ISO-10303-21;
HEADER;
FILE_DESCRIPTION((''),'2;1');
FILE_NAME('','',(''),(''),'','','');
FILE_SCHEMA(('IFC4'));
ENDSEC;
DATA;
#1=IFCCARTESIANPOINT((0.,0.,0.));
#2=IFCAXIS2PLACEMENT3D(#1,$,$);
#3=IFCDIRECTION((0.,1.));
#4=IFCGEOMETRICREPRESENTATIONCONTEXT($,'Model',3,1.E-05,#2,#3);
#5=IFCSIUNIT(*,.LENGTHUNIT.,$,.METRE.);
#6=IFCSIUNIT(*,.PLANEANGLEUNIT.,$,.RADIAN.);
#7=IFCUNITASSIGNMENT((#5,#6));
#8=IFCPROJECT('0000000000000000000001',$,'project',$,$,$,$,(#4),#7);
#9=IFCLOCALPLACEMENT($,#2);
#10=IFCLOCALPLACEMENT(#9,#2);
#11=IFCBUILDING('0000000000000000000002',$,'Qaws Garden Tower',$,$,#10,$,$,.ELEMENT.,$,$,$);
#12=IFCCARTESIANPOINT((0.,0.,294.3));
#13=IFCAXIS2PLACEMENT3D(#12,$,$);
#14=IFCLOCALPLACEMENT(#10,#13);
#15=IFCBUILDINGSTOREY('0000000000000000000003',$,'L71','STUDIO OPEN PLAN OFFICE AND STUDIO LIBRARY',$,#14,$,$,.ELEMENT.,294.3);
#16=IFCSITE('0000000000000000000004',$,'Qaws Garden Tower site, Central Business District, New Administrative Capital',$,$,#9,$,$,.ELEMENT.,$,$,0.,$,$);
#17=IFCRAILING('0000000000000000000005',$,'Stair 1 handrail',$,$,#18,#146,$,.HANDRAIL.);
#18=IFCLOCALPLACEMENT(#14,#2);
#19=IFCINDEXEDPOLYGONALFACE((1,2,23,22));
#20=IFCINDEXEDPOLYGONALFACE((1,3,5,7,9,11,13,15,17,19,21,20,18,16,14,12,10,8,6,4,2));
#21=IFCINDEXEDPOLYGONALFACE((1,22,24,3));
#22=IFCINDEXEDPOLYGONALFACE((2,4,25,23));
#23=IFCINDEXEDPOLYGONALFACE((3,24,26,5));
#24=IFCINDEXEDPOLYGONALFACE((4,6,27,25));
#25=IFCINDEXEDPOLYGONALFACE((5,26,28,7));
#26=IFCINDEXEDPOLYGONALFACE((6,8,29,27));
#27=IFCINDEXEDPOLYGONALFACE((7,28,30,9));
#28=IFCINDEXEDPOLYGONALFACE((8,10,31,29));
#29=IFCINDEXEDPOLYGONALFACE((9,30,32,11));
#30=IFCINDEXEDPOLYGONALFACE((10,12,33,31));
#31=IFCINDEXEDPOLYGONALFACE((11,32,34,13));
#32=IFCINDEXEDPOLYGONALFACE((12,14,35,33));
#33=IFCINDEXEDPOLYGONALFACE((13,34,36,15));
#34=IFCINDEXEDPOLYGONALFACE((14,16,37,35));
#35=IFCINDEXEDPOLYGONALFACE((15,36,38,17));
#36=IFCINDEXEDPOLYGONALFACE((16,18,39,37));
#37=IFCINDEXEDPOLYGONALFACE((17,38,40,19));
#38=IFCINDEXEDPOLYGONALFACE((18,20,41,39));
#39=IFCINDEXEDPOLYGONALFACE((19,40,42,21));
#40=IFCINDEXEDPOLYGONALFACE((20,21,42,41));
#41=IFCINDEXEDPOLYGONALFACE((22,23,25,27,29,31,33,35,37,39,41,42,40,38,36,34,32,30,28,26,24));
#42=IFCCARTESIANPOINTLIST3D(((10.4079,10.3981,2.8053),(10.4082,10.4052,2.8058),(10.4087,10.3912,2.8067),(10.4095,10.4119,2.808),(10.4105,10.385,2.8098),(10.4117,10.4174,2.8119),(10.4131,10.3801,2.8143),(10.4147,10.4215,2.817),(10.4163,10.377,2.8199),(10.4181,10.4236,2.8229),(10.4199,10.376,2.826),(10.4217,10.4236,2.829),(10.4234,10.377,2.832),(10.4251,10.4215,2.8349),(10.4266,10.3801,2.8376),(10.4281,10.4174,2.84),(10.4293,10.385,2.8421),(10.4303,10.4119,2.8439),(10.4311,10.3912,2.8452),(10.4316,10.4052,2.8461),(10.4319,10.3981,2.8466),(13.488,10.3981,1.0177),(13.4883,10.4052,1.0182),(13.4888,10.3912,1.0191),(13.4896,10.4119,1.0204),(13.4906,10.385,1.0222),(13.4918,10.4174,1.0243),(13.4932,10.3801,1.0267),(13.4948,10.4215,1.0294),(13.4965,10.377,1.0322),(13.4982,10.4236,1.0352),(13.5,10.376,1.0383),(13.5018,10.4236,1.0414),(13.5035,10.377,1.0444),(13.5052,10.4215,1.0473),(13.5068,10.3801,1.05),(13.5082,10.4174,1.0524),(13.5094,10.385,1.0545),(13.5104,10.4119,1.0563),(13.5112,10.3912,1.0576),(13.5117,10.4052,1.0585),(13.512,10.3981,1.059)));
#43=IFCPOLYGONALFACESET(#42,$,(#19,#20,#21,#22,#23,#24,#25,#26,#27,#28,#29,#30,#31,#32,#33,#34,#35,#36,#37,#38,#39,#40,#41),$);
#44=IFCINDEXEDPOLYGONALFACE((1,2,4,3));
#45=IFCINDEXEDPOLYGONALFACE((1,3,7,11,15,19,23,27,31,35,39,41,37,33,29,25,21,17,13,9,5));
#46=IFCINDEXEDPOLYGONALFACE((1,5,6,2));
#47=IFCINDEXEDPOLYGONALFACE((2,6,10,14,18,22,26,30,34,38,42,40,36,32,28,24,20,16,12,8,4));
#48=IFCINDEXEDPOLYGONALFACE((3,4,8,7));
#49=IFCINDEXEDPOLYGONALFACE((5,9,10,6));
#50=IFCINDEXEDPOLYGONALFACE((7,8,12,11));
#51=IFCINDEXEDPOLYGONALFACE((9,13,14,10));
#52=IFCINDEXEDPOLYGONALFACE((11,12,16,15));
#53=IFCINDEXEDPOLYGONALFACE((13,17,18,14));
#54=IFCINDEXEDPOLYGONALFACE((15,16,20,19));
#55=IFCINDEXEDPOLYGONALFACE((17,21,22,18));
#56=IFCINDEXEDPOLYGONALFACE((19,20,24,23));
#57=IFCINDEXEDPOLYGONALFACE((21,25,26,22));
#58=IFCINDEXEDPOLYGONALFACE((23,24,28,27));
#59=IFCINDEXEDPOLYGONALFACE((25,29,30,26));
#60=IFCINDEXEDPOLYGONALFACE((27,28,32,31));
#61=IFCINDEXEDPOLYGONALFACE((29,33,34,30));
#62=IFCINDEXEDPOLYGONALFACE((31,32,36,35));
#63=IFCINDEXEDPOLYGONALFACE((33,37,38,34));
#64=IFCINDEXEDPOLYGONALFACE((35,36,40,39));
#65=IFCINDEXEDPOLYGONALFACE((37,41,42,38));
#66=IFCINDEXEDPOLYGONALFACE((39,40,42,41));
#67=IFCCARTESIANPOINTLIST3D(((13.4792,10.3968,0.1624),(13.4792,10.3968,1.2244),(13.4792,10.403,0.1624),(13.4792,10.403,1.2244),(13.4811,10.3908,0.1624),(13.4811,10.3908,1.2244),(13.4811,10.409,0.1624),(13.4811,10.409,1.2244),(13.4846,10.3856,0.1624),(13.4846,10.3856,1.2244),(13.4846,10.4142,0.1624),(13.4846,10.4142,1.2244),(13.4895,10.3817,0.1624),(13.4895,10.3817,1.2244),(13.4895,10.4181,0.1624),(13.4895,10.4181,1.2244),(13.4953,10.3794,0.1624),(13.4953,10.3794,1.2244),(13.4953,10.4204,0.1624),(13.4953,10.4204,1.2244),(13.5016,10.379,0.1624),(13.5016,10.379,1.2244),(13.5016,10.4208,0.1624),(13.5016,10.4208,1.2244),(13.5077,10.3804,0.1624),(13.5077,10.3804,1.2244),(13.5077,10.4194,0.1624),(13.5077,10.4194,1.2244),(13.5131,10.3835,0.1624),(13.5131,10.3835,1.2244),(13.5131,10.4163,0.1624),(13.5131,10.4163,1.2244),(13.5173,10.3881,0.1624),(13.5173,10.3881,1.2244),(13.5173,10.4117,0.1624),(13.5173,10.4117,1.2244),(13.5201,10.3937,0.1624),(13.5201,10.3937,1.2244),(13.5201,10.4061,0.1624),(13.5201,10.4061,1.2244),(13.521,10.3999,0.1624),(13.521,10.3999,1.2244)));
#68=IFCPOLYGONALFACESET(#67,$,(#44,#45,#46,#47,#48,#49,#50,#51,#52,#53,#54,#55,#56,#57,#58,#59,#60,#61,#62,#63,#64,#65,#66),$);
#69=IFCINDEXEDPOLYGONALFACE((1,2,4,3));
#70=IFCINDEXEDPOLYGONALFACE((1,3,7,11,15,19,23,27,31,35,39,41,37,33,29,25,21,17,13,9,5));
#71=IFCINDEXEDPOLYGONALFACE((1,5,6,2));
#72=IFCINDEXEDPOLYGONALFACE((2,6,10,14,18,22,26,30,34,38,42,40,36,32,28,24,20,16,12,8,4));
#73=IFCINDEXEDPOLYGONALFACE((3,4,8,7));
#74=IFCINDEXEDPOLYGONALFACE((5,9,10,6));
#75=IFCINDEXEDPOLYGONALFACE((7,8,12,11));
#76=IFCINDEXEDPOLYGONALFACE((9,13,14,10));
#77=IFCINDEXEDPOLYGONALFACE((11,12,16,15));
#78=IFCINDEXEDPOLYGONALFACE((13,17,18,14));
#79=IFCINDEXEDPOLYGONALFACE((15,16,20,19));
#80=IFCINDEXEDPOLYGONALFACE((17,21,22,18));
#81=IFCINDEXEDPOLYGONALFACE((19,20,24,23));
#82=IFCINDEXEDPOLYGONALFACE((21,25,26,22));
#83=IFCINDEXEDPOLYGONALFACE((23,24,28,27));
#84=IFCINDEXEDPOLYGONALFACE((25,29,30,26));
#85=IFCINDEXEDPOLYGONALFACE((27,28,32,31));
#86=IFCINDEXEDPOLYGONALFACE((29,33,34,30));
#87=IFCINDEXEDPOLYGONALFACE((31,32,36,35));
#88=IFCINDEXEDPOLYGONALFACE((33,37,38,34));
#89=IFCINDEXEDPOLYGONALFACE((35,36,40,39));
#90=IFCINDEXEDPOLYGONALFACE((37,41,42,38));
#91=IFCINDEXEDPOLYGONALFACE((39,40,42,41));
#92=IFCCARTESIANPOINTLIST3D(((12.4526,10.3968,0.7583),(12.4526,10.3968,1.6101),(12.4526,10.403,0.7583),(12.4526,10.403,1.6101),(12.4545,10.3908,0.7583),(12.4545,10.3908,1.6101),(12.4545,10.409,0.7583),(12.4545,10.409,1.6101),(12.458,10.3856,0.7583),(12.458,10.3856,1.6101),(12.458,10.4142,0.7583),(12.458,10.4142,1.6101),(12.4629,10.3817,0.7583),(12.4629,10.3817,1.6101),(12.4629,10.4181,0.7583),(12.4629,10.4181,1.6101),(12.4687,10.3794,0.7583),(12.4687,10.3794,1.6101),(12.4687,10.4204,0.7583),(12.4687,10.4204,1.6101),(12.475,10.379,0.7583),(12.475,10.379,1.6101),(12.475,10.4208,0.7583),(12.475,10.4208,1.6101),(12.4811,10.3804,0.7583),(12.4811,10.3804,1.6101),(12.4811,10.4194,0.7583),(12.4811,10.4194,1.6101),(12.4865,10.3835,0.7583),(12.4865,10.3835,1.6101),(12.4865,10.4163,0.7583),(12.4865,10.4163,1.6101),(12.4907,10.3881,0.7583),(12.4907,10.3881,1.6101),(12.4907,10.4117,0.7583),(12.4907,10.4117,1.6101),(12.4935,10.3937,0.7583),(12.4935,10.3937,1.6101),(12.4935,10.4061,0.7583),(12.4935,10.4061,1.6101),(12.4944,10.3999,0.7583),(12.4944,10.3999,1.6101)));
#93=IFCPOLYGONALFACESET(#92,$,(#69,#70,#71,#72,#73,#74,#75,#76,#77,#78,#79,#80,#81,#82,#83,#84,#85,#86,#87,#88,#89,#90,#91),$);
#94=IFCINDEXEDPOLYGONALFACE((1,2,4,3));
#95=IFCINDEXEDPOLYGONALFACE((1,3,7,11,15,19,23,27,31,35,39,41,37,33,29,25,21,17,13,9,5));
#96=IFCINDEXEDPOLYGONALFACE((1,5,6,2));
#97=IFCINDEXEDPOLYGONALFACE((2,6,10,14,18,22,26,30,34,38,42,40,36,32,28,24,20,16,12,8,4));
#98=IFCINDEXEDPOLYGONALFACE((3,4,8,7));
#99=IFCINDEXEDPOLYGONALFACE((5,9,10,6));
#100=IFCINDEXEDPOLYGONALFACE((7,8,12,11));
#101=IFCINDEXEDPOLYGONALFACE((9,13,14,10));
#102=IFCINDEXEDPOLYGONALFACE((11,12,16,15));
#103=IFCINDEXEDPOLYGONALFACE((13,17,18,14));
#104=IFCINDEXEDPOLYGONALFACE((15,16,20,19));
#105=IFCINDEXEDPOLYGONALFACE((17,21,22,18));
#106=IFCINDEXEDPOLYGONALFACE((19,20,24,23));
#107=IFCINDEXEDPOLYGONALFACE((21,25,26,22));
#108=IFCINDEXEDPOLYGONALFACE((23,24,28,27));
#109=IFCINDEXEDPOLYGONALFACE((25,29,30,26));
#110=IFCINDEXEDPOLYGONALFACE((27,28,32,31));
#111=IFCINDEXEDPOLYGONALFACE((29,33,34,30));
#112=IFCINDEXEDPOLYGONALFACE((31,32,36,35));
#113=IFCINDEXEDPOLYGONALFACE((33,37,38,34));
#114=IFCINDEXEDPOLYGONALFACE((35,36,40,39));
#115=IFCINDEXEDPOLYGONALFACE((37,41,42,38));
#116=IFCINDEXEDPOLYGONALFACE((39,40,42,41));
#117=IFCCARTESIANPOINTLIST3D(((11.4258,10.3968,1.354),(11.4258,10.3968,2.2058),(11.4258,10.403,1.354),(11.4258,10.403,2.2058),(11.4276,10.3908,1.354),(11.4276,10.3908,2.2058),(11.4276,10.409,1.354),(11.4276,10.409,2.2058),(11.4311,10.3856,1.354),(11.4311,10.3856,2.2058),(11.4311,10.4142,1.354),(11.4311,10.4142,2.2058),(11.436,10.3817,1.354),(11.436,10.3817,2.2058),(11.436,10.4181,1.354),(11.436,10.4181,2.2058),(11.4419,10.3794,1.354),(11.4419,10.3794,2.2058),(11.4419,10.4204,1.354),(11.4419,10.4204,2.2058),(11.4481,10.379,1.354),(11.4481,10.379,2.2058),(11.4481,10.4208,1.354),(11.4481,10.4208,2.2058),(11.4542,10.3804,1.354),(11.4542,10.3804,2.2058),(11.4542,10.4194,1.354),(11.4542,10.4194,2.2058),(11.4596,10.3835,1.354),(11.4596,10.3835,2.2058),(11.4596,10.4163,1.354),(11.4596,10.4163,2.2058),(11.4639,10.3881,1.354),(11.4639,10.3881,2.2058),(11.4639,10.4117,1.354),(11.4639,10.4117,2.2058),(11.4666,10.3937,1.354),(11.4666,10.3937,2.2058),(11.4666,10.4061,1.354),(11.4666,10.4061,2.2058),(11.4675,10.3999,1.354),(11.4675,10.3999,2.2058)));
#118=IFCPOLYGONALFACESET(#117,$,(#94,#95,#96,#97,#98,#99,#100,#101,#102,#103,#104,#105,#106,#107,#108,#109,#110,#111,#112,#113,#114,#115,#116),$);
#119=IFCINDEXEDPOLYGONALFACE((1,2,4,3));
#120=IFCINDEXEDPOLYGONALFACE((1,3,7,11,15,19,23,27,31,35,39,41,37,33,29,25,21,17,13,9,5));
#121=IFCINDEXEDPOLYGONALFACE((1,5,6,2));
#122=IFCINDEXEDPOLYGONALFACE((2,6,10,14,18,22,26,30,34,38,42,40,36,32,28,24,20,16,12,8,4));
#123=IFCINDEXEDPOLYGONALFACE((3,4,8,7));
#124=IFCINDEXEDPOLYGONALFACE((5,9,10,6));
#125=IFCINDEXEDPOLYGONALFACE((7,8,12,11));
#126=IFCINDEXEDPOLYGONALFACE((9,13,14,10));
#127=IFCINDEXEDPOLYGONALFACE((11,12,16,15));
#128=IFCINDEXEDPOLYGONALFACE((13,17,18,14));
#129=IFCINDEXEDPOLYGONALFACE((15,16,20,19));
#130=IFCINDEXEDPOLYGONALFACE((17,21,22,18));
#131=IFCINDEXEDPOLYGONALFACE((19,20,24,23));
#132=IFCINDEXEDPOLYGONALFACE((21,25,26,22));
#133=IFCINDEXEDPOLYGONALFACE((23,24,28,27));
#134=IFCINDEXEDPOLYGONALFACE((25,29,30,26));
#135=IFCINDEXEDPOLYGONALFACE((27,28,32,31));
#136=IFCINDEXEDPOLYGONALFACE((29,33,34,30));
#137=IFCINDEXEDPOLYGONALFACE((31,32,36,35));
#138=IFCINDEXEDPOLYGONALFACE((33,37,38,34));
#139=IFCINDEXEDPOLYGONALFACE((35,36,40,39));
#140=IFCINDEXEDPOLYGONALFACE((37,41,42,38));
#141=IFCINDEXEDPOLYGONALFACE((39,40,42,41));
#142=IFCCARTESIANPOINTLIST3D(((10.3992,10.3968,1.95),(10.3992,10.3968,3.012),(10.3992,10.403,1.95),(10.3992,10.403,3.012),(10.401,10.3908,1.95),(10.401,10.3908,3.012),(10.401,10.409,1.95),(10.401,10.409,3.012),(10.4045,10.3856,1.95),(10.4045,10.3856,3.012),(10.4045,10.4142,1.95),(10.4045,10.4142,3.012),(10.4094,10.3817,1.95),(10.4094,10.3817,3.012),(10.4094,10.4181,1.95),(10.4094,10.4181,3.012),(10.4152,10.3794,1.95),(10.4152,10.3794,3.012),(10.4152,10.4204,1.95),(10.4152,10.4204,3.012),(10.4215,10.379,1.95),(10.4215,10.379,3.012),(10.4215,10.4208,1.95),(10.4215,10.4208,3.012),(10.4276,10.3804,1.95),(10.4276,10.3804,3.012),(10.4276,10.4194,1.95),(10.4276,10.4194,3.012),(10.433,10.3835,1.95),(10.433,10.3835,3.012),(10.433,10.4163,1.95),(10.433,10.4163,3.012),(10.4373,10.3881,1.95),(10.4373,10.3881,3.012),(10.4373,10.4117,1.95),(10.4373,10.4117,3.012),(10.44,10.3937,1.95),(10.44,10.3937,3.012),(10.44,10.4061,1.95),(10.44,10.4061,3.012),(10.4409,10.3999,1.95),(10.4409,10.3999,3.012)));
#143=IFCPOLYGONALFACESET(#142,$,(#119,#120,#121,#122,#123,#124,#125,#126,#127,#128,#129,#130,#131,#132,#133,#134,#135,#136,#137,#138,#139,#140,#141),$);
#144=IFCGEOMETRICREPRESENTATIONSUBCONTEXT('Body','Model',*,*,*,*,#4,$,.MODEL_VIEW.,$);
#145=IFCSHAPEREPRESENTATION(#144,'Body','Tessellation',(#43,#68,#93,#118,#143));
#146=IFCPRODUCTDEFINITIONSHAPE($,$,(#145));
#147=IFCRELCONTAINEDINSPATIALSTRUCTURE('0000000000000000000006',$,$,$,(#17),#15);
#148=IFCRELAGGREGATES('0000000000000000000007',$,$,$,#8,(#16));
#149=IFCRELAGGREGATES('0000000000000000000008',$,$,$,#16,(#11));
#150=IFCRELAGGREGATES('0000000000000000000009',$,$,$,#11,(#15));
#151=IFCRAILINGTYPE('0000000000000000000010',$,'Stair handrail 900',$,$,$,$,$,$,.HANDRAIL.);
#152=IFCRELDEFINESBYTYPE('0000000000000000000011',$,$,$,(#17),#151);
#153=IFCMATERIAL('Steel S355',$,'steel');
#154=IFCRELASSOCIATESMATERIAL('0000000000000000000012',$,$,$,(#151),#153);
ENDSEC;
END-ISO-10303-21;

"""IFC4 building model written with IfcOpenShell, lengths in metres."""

from ifc_helpers import new_model, si_unit, direction, frame, origin, origin_2d, place, context, subcontext, project, spatial, circle, extrude, material, type_object, element, save


model = new_model("IFC4")

# Units and contexts
model_context = context("Model", 3, precision=1e-05, world=origin(), true_north=direction((0.0, 1.0)))
body_context = subcontext(model_context, "Body", "Model", "MODEL_VIEW")
ifc_project = project(units=[si_unit("LENGTHUNIT", "METRE"), si_unit("PLANEANGLEUNIT", "RADIAN")], contexts=[model_context])

# Site, building, storey
site_placement = place(None, origin())
site = spatial("IfcSite", under=ifc_project, at=site_placement, Name="Qaws Garden Tower site, Central Business District, New Administrative Capital", CompositionType="ELEMENT", RefElevation=0.0)
building_placement = place(site_placement, origin())
building = spatial("IfcBuilding", under=site, at=building_placement, Name="Qaws Garden Tower", CompositionType="ELEMENT")
storey_placement = place(building_placement, frame((0.0, 0.0, 294.3)))
storey = spatial("IfcBuildingStorey", under=building, at=storey_placement, Name="L71", Description="STUDIO OPEN PLAN OFFICE AND STUDIO LIBRARY", CompositionType="ELEMENT", Elevation=294.3)

# Railing
ifc_material_1 = material(Name="Steel S355", Category="steel")
railing_type = type_object("IfcRailingType", Name="Stair handrail 900", PredefinedType="HANDRAIL", material=ifc_material_1)
railing_placement = place(storey_placement, frame((13.5, 10.3999, 0.1624)))
element("IfcRailing", 1, at=railing_placement, inside=storey, type_object=railing_type, Name="Stair 1 handrail", PredefinedType="HANDRAIL", context=body_context, shape_type="SweptSolid", body=[
    extrude(circle(Radius=0.0239, at=origin_2d()), frame((0.0, 0.0, 0.876), z_axis=(-0.864891, 0.0, 0.50196), x_axis=(0.0, -1.0, 0.0)), (0.0, 0.0, 1.0), 3.5613),
    extrude(circle(Radius=0.021, at=origin_2d()), origin(), (0.0, 0.0, 1.0), 1.062),
    extrude(circle(Radius=0.021, at=origin_2d()), frame((-1.0266, 0.0, 0.5959)), (0.0, 0.0, 1.0), 0.8518),
    extrude(circle(Radius=0.021, at=origin_2d()), frame((-2.0535, 0.0, 1.1917)), (0.0, 0.0, 1.0), 0.8518),
    extrude(circle(Radius=0.021, at=origin_2d()), frame((-3.0801, 0.0, 1.7876)), (0.0, 0.0, 1.0), 1.062),
])

save(model, "model.ifc")
